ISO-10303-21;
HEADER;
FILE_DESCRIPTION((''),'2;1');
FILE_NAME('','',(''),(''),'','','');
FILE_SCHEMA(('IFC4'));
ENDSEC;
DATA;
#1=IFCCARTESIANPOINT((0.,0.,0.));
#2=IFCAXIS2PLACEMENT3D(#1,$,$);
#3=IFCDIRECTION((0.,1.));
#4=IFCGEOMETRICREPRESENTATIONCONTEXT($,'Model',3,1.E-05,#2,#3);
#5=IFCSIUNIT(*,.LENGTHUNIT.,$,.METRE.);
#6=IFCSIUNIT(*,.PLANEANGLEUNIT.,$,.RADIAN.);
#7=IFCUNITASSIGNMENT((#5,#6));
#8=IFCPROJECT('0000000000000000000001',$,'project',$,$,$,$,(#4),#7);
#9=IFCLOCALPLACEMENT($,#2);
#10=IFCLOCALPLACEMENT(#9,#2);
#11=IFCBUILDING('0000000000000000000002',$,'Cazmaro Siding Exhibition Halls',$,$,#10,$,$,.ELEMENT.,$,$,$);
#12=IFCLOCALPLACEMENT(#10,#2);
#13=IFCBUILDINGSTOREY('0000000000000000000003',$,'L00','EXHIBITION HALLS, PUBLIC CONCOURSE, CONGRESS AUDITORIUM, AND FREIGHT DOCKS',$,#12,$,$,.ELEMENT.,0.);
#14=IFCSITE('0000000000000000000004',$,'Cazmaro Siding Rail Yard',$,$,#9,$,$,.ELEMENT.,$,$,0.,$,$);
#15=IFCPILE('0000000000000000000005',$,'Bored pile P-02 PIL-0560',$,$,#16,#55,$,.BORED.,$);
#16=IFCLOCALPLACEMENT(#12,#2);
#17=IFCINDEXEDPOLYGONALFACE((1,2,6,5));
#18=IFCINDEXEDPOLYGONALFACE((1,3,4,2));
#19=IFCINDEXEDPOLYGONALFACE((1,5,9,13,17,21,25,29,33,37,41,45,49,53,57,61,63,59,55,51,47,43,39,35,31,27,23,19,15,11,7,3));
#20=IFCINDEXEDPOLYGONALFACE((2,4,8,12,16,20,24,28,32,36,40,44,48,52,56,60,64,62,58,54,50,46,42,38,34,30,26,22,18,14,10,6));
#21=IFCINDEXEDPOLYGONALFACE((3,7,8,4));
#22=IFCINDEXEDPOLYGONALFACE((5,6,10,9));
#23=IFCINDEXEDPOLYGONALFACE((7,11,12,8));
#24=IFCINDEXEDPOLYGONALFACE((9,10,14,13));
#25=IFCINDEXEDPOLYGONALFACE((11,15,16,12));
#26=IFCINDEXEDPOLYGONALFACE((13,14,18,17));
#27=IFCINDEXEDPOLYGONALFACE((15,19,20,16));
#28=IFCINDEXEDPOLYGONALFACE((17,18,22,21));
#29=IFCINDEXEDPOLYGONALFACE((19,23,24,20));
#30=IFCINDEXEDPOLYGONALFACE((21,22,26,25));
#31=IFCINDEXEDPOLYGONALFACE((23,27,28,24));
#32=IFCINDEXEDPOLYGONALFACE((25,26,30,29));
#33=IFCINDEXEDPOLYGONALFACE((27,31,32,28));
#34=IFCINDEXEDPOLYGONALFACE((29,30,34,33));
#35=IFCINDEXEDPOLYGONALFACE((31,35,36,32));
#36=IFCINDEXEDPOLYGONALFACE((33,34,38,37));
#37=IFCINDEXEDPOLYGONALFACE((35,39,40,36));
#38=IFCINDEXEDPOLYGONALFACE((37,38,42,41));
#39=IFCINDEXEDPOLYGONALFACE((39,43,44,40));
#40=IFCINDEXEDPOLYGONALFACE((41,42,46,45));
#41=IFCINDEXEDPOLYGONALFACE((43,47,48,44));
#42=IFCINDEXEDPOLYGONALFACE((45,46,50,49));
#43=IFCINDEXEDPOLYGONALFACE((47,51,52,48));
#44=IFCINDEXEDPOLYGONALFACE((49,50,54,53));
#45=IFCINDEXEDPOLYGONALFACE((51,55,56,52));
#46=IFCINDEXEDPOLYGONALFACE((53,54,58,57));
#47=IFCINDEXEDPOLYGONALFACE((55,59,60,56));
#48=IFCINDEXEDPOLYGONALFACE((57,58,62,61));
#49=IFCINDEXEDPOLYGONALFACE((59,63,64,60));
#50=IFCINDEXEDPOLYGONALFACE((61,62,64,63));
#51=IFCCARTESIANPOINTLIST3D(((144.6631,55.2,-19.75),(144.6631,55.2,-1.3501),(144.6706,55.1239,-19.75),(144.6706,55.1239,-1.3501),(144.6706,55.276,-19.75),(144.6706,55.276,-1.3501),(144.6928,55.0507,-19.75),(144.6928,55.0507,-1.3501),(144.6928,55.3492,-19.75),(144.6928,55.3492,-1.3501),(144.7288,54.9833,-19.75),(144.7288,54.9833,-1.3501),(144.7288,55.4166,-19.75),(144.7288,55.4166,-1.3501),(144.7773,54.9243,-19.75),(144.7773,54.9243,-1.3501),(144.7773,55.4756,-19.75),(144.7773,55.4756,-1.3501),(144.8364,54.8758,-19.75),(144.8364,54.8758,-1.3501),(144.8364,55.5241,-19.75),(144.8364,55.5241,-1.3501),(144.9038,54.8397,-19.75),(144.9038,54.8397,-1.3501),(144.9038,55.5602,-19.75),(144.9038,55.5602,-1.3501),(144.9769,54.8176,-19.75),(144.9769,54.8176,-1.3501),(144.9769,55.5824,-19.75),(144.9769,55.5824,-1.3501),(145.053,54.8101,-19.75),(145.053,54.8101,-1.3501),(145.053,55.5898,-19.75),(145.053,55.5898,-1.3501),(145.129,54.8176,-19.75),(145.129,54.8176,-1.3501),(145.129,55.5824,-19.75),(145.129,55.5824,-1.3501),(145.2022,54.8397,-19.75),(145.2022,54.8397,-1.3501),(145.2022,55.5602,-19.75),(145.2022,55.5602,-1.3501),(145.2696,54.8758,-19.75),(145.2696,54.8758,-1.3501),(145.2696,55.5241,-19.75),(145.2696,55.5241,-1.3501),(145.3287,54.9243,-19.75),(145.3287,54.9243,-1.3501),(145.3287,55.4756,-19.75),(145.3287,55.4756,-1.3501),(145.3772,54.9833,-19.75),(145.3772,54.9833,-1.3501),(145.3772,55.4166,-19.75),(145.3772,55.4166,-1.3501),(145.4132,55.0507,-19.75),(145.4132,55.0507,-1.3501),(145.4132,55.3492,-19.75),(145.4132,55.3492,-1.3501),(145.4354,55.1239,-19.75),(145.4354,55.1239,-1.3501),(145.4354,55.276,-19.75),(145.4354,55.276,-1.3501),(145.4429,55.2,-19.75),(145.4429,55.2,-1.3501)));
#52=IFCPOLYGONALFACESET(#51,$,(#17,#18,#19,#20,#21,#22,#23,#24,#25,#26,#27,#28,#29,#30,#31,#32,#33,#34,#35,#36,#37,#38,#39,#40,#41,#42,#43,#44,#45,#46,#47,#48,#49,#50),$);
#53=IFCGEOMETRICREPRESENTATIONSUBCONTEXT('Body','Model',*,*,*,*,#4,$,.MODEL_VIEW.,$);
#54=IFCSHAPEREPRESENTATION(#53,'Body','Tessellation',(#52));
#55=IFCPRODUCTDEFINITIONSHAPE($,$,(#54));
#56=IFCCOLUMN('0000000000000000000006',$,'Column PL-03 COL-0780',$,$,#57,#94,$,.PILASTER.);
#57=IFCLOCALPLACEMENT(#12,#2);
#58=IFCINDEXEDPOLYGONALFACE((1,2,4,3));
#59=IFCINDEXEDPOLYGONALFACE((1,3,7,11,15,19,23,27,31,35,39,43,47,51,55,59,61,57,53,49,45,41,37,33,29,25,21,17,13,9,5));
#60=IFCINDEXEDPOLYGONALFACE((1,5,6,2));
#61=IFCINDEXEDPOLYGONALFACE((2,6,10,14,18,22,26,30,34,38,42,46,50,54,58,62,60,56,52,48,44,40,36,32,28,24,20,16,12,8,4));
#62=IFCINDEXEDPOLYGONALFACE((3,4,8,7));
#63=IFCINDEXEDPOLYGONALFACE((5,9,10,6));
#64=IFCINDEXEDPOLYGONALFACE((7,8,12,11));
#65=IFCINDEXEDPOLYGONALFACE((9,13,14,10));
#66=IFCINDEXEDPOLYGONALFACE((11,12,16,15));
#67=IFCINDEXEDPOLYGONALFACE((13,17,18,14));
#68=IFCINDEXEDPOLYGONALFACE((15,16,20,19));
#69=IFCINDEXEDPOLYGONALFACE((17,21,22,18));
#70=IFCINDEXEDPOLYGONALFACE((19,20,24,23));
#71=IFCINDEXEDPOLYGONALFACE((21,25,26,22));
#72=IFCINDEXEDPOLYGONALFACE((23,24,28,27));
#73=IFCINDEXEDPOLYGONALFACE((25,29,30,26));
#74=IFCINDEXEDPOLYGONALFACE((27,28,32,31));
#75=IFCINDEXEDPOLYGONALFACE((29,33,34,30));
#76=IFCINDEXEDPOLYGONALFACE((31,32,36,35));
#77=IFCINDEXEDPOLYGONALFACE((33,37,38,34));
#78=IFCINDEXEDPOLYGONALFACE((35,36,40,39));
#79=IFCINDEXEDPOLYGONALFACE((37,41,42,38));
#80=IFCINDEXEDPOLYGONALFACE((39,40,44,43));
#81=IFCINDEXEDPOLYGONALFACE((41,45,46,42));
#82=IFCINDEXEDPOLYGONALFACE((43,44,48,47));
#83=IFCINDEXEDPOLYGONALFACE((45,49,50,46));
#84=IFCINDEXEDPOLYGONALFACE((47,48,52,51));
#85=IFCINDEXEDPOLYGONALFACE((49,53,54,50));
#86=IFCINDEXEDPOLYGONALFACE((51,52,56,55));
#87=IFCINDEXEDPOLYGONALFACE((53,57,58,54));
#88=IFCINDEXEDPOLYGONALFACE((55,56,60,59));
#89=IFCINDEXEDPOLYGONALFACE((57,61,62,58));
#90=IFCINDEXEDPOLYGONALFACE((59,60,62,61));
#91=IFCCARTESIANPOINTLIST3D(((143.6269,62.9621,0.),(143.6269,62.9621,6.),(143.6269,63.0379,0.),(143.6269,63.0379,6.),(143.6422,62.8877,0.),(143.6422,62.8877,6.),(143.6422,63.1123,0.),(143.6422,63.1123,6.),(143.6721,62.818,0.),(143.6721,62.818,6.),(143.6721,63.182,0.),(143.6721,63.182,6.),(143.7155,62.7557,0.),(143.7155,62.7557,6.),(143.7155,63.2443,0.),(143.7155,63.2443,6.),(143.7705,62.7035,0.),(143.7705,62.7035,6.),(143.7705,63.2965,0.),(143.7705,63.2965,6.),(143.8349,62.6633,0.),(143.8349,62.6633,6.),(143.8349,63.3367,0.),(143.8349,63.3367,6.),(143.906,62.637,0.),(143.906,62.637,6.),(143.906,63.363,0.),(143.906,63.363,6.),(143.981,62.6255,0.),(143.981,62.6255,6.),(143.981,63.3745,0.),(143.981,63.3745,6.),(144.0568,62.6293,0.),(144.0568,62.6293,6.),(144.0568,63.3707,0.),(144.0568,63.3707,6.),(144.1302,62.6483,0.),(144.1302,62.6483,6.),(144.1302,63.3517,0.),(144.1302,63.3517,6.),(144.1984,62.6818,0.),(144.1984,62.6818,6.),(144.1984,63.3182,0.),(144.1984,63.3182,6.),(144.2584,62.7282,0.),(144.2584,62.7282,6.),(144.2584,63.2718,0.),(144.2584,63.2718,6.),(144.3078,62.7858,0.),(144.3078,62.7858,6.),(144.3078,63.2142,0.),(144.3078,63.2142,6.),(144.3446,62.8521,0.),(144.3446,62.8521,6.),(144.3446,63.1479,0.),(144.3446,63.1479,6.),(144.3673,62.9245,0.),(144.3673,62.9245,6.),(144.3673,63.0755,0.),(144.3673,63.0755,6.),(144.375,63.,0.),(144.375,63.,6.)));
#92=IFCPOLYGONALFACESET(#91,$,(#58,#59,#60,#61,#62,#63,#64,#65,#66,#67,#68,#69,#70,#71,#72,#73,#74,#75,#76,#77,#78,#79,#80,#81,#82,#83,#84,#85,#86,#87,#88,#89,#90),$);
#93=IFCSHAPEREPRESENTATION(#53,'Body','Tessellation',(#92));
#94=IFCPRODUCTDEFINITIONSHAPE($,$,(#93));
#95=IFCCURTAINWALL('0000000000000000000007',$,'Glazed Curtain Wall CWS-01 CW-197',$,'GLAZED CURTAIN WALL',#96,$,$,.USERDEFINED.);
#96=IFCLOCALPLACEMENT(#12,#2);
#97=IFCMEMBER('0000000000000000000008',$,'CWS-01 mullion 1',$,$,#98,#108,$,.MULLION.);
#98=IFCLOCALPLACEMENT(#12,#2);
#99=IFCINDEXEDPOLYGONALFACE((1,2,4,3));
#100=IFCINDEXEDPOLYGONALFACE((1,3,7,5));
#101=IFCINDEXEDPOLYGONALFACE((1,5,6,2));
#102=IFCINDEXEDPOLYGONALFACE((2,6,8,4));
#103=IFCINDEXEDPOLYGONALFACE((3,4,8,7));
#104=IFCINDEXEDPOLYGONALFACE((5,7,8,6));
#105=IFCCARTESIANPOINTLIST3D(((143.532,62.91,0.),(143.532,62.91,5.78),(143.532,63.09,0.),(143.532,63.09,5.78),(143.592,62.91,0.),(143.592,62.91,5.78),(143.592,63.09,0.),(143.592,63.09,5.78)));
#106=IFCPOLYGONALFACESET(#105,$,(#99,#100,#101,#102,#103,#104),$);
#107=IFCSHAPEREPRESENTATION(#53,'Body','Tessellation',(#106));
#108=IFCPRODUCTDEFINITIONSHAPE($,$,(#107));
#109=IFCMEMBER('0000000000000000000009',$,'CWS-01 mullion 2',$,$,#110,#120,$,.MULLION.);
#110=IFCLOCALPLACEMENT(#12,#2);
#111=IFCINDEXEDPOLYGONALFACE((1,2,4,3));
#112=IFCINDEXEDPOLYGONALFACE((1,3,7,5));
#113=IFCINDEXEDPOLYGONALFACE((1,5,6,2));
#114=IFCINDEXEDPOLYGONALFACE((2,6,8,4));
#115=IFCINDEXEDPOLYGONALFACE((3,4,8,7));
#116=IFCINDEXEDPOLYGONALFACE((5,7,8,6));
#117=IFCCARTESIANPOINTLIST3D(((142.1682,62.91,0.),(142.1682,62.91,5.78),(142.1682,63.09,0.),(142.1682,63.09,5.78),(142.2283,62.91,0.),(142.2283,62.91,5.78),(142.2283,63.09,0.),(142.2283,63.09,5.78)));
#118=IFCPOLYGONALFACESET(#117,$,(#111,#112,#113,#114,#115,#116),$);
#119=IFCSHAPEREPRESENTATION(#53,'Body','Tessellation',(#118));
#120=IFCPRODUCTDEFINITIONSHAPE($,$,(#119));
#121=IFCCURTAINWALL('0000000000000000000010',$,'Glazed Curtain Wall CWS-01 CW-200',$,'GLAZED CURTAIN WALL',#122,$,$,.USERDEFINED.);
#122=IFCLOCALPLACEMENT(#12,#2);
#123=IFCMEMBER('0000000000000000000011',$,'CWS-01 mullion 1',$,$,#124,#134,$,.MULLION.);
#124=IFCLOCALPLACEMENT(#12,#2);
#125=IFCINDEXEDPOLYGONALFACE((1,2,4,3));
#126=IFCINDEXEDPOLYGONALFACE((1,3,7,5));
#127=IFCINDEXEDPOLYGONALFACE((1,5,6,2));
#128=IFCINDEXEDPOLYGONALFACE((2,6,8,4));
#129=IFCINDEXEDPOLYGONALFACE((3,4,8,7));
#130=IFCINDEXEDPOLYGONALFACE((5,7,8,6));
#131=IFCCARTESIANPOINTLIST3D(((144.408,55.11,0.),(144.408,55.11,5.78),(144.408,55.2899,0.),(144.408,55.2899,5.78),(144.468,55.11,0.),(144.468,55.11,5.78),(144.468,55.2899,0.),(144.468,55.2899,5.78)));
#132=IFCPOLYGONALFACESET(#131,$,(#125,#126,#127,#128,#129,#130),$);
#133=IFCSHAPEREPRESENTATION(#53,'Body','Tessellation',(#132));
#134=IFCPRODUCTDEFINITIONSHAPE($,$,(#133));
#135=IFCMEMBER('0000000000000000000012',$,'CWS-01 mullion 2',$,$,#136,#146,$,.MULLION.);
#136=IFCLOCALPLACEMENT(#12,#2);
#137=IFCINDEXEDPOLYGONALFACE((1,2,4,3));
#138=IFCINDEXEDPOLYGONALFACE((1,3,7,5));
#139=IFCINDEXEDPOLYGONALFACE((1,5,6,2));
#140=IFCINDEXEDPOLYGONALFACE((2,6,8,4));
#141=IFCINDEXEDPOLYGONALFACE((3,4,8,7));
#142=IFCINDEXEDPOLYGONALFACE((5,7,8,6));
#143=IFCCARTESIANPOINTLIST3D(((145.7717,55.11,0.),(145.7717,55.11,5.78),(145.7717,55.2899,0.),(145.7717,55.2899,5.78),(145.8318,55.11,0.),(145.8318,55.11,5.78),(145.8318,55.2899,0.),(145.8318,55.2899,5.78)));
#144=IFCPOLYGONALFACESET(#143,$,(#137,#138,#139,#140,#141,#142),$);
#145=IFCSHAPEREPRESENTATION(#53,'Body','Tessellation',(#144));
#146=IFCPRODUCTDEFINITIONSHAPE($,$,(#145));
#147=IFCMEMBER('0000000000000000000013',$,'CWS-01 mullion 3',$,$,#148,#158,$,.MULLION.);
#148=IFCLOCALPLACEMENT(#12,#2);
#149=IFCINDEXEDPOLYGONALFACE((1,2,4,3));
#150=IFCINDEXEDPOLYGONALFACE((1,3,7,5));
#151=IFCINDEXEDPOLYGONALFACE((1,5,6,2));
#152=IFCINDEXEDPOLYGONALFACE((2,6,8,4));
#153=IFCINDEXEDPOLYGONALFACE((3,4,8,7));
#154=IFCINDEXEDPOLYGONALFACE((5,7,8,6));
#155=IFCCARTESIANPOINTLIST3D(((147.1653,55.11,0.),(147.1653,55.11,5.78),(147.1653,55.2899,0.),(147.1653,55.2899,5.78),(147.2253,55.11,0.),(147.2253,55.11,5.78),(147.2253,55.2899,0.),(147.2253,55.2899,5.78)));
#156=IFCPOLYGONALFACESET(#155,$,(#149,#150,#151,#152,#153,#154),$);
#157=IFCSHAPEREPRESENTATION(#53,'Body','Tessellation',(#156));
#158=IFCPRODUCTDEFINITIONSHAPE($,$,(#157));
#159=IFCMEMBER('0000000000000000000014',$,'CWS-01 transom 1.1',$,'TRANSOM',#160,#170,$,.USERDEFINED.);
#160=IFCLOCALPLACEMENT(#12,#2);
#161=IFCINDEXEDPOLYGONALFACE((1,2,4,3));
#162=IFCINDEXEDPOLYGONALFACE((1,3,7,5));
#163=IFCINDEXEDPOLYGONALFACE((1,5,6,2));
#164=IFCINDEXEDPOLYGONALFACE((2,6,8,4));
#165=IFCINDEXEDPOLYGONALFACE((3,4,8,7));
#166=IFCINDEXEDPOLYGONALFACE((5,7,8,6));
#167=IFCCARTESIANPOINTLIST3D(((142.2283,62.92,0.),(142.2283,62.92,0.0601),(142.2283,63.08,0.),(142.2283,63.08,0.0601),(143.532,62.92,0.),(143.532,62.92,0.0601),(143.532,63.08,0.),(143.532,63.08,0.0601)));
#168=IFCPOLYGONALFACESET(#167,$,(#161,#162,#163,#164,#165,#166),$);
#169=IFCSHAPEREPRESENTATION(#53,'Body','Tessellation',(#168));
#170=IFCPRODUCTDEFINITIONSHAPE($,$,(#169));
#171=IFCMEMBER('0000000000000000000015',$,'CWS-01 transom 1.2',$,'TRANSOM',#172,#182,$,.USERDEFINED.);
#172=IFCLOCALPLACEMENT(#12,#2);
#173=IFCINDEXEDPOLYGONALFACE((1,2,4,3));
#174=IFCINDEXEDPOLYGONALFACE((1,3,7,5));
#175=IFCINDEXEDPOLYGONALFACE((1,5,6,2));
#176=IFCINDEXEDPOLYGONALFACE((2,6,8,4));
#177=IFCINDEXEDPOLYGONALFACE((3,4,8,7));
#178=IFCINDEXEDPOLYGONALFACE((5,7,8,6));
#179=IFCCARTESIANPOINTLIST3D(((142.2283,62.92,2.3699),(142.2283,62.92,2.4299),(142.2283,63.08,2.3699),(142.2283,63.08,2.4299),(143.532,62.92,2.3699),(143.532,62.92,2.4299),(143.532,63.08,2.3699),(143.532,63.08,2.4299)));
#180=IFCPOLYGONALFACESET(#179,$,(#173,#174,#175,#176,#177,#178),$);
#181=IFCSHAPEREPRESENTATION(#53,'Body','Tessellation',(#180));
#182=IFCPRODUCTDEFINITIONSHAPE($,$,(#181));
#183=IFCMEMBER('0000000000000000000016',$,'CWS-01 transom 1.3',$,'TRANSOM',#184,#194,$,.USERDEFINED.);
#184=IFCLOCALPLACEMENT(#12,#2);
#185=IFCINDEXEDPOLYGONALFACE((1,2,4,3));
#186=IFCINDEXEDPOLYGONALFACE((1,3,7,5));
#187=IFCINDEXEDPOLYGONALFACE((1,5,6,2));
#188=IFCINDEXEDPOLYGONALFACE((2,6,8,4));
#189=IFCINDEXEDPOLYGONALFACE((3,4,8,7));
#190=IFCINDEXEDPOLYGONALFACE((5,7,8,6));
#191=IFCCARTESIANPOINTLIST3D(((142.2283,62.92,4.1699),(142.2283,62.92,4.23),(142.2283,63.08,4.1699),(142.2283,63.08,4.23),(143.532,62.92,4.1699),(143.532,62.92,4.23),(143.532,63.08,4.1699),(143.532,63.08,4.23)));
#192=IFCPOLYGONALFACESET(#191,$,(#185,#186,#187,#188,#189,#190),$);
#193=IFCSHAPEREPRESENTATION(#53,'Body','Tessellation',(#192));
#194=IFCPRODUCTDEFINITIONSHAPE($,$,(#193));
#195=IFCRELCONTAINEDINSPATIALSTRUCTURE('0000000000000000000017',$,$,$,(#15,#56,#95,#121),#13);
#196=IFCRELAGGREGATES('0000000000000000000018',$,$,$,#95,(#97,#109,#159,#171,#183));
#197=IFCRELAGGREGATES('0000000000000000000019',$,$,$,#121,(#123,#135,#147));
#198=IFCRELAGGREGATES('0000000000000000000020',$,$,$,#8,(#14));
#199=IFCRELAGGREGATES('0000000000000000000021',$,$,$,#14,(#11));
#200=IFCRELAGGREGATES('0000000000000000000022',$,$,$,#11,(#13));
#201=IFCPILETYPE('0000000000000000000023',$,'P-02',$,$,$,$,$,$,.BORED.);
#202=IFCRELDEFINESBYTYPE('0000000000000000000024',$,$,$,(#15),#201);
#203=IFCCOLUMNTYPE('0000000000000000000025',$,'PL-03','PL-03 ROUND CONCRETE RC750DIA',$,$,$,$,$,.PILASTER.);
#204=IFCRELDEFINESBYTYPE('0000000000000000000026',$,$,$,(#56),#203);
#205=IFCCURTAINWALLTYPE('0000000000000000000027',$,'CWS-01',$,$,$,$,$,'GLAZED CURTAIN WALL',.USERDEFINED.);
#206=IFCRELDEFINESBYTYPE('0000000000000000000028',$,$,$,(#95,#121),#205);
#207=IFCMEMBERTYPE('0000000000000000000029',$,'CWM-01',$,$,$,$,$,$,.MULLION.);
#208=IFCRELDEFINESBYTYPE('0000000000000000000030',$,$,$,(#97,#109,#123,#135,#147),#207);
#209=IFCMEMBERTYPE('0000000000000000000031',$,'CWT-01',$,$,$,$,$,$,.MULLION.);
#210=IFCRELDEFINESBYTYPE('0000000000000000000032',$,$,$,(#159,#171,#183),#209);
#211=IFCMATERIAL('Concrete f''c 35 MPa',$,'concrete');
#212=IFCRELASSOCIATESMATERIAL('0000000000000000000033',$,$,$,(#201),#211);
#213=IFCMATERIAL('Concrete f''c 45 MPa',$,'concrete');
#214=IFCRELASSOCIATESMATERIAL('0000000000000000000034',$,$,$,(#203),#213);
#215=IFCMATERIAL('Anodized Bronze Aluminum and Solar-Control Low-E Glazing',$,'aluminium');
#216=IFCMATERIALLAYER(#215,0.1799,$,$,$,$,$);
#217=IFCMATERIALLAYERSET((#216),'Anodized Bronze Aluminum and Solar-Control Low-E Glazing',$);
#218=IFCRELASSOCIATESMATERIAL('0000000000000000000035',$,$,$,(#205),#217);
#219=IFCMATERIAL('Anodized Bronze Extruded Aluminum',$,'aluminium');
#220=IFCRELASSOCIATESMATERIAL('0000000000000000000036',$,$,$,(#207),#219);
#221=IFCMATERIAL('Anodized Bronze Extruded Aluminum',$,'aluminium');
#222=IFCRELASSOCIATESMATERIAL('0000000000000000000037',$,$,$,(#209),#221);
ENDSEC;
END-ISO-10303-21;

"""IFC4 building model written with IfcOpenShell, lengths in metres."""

from ifc_helpers import new_model, si_unit, direction, frame, origin, origin_2d, place, context, subcontext, project, spatial, rectangle, circle, extrude, material, layer, layer_set, material_profile, profile_set, type_object, element, aggregate, save


model = new_model("IFC4")

# Units and contexts
model_context = context("Model", 3, precision=1e-05, world=origin(), true_north=direction((0.0, 1.0)))
body_context = subcontext(model_context, "Body", "Model", "MODEL_VIEW")
ifc_project = project(units=[si_unit("LENGTHUNIT", "METRE"), si_unit("PLANEANGLEUNIT", "RADIAN")], contexts=[model_context])

# Site, building, storey
site_placement = place(None, origin())
site = spatial("IfcSite", under=ifc_project, at=site_placement, Name="Cazmaro Siding Rail Yard", CompositionType="ELEMENT", RefElevation=0.0)
building_placement = place(site_placement, origin())
building = spatial("IfcBuilding", under=site, at=building_placement, Name="Cazmaro Siding Exhibition Halls", CompositionType="ELEMENT")
storey_placement = place(building_placement, origin())
storey = spatial("IfcBuildingStorey", under=building, at=storey_placement, Name="L00", Description="EXHIBITION HALLS, PUBLIC CONCOURSE, CONGRESS AUDITORIUM, AND FREIGHT DOCKS", CompositionType="ELEMENT", Elevation=0.0)

# Pile
ifc_material_1 = material(Name="Concrete f'c 35 MPa", Category="concrete")
ifc_material_profile_1 = material_profile(ifc_material_1, circle(Radius=0.3899, at=origin_2d()), Name="CIDH-780")
ifc_profile_set_1 = profile_set([ifc_material_profile_1], Name="Concrete f'c 35 MPa")
pile_type = type_object("IfcPileType", Name="P-02", PredefinedType="BORED", material=ifc_profile_set_1)
pile_placement = place(storey_placement, frame((145.053, 55.2, -1.3501), z_axis=(0.0, 0.0, -1.0), x_axis=(1.0, 0.0, 0.0)))
element("IfcPile", 1, at=pile_placement, inside=storey, type_object=pile_type, Name="Bored pile P-02 PIL-0560", PredefinedType="BORED", context=body_context, shape_type="SweptSolid", body=[
    extrude(circle(Radius=0.3899, at=origin_2d()), origin(), (0.0, 0.0, 1.0), 18.3999),
])

# Column
ifc_material_2 = material(Name="Concrete f'c 45 MPa", Category="concrete")
ifc_material_profile_2 = material_profile(ifc_material_2, circle(Radius=0.375, at=origin_2d()), Name="RC750DIA")
ifc_profile_set_2 = profile_set([ifc_material_profile_2], Name="Concrete f'c 45 MPa")
column_type = type_object("IfcColumnType", Name="PL-03", Description="PL-03 ROUND CONCRETE RC750DIA", PredefinedType="PILASTER", material=ifc_profile_set_2)
column_placement = place(storey_placement, frame((144.0, 63.0, 0.0), z_axis=(0.0, 0.0, 1.0), x_axis=(1.0, 0.0, 0.0)))
element("IfcColumn", 2, at=column_placement, inside=storey, type_object=column_type, Name="Column PL-03 COL-0780", PredefinedType="PILASTER", context=body_context, shape_type="SweptSolid", body=[
    extrude(circle(Radius=0.375, at=origin_2d()), origin(), (0.0, 0.0, 1.0), 6.0),
])

# Curtain walls, members
ifc_material_3 = material(Name="Anodized Bronze Aluminum and Solar-Control Low-E Glazing", Category="aluminium")
ifc_layer_1 = layer(ifc_material_3, 0.1799)
ifc_layer_set_1 = layer_set([ifc_layer_1], Name="Anodized Bronze Aluminum and Solar-Control Low-E Glazing")
curtain_wall_type = type_object("IfcCurtainWallType", Name="CWS-01", ElementType="GLAZED CURTAIN WALL", PredefinedType="USERDEFINED", material=ifc_layer_set_1)
curtain_wall_1_placement = place(storey_placement, origin())
curtain_wall_1 = element("IfcCurtainWall", 3, at=curtain_wall_1_placement, inside=storey, type_object=curtain_wall_type, Name="Glazed Curtain Wall CWS-01 CW-197", ObjectType="GLAZED CURTAIN WALL", PredefinedType="USERDEFINED")
ifc_material_4 = material(Name="Anodized Bronze Extruded Aluminum", Category="aluminium")
ifc_material_profile_3 = material_profile(ifc_material_4, rectangle(XDim=0.1799, YDim=0.0601, at=origin_2d()), Name="CWM-01")
ifc_profile_set_3 = profile_set([ifc_material_profile_3], Name="Anodized Bronze Extruded Aluminum")
member_type_1 = type_object("IfcMemberType", Name="CWM-01", PredefinedType="MULLION", material=ifc_profile_set_3)
member_1_placement = place(storey_placement, frame((143.562, 63.0, 0.0), z_axis=(0.0, 0.0, 1.0), x_axis=(0.0, -1.0, 0.0)))
member_1 = element("IfcMember", 4, at=member_1_placement, type_object=member_type_1, Name="CWS-01 mullion 1", PredefinedType="MULLION", context=body_context, shape_type="SweptSolid", body=[
    extrude(rectangle(XDim=0.1799, YDim=0.0601, at=origin_2d()), origin(), (0.0, 0.0, 1.0), 5.78),
])
member_2_placement = place(storey_placement, frame((142.1982, 63.0, 0.0), z_axis=(0.0, 0.0, 1.0), x_axis=(0.0, -1.0, 0.0)))
member_2 = element("IfcMember", 5, at=member_2_placement, type_object=member_type_1, Name="CWS-01 mullion 2", PredefinedType="MULLION", context=body_context, shape_type="SweptSolid", body=[
    extrude(rectangle(XDim=0.1799, YDim=0.0601, at=origin_2d()), origin(), (0.0, 0.0, 1.0), 5.78),
])
curtain_wall_2_placement = place(storey_placement, origin())
curtain_wall_2 = element("IfcCurtainWall", 6, at=curtain_wall_2_placement, inside=storey, type_object=curtain_wall_type, Name="Glazed Curtain Wall CWS-01 CW-200", ObjectType="GLAZED CURTAIN WALL", PredefinedType="USERDEFINED")
member_3_placement = place(storey_placement, frame((144.438, 55.2, 0.0), z_axis=(0.0, 0.0, 1.0), x_axis=(0.0, 1.0, 0.0)))
member_3 = element("IfcMember", 7, at=member_3_placement, type_object=member_type_1, Name="CWS-01 mullion 1", PredefinedType="MULLION", context=body_context, shape_type="SweptSolid", body=[
    extrude(rectangle(XDim=0.1799, YDim=0.0601, at=origin_2d()), origin(), (0.0, 0.0, 1.0), 5.78),
])
member_4_placement = place(storey_placement, frame((145.8018, 55.2, 0.0), z_axis=(0.0, 0.0, 1.0), x_axis=(0.0, 1.0, 0.0)))
member_4 = element("IfcMember", 8, at=member_4_placement, type_object=member_type_1, Name="CWS-01 mullion 2", PredefinedType="MULLION", context=body_context, shape_type="SweptSolid", body=[
    extrude(rectangle(XDim=0.1799, YDim=0.0601, at=origin_2d()), origin(), (0.0, 0.0, 1.0), 5.78),
])
member_5_placement = place(storey_placement, frame((147.1953, 55.2, 0.0), z_axis=(0.0, 0.0, 1.0), x_axis=(0.0, 1.0, 0.0)))
member_5 = element("IfcMember", 9, at=member_5_placement, type_object=member_type_1, Name="CWS-01 mullion 3", PredefinedType="MULLION", context=body_context, shape_type="SweptSolid", body=[
    extrude(rectangle(XDim=0.1799, YDim=0.0601, at=origin_2d()), origin(), (0.0, 0.0, 1.0), 5.78),
])

# Members
ifc_material_5 = material(Name="Anodized Bronze Extruded Aluminum", Category="aluminium")
ifc_material_profile_4 = material_profile(ifc_material_5, rectangle(XDim=0.1599, YDim=0.0601, at=origin_2d()), Name="CWT-01")
ifc_profile_set_4 = profile_set([ifc_material_profile_4], Name="Anodized Bronze Extruded Aluminum")
member_type_2 = type_object("IfcMemberType", Name="CWT-01", PredefinedType="MULLION", material=ifc_profile_set_4)
member_6_placement = place(storey_placement, frame((143.532, 63.0, 0.03), z_axis=(-1.0, 0.0, 0.0), x_axis=(0.0, -1.0, 0.0)))
member_6 = element("IfcMember", 10, at=member_6_placement, type_object=member_type_2, Name="CWS-01 transom 1.1", ObjectType="TRANSOM", PredefinedType="USERDEFINED", context=body_context, shape_type="SweptSolid", body=[
    extrude(rectangle(XDim=0.1599, YDim=0.0601, at=origin_2d()), origin(), (0.0, 0.0, 1.0), 1.3037),
])
member_7_placement = place(storey_placement, frame((143.532, 63.0, 2.3999), z_axis=(-1.0, 0.0, 0.0), x_axis=(0.0, -1.0, 0.0)))
member_7 = element("IfcMember", 11, at=member_7_placement, type_object=member_type_2, Name="CWS-01 transom 1.2", ObjectType="TRANSOM", PredefinedType="USERDEFINED", context=body_context, shape_type="SweptSolid", body=[
    extrude(rectangle(XDim=0.1599, YDim=0.0601, at=origin_2d()), origin(), (0.0, 0.0, 1.0), 1.3037),
])
member_8_placement = place(storey_placement, frame((143.532, 63.0, 4.2), z_axis=(-1.0, 0.0, 0.0), x_axis=(0.0, -1.0, 0.0)))
member_8 = element("IfcMember", 12, at=member_8_placement, type_object=member_type_2, Name="CWS-01 transom 1.3", ObjectType="TRANSOM", PredefinedType="USERDEFINED", context=body_context, shape_type="SweptSolid", body=[
    extrude(rectangle(XDim=0.1599, YDim=0.0601, at=origin_2d()), origin(), (0.0, 0.0, 1.0), 1.3037),
])

aggregate(curtain_wall_1, [member_1, member_2, member_6, member_7, member_8])
aggregate(curtain_wall_2, [member_3, member_4, member_5])

save(model, "model.ifc")
